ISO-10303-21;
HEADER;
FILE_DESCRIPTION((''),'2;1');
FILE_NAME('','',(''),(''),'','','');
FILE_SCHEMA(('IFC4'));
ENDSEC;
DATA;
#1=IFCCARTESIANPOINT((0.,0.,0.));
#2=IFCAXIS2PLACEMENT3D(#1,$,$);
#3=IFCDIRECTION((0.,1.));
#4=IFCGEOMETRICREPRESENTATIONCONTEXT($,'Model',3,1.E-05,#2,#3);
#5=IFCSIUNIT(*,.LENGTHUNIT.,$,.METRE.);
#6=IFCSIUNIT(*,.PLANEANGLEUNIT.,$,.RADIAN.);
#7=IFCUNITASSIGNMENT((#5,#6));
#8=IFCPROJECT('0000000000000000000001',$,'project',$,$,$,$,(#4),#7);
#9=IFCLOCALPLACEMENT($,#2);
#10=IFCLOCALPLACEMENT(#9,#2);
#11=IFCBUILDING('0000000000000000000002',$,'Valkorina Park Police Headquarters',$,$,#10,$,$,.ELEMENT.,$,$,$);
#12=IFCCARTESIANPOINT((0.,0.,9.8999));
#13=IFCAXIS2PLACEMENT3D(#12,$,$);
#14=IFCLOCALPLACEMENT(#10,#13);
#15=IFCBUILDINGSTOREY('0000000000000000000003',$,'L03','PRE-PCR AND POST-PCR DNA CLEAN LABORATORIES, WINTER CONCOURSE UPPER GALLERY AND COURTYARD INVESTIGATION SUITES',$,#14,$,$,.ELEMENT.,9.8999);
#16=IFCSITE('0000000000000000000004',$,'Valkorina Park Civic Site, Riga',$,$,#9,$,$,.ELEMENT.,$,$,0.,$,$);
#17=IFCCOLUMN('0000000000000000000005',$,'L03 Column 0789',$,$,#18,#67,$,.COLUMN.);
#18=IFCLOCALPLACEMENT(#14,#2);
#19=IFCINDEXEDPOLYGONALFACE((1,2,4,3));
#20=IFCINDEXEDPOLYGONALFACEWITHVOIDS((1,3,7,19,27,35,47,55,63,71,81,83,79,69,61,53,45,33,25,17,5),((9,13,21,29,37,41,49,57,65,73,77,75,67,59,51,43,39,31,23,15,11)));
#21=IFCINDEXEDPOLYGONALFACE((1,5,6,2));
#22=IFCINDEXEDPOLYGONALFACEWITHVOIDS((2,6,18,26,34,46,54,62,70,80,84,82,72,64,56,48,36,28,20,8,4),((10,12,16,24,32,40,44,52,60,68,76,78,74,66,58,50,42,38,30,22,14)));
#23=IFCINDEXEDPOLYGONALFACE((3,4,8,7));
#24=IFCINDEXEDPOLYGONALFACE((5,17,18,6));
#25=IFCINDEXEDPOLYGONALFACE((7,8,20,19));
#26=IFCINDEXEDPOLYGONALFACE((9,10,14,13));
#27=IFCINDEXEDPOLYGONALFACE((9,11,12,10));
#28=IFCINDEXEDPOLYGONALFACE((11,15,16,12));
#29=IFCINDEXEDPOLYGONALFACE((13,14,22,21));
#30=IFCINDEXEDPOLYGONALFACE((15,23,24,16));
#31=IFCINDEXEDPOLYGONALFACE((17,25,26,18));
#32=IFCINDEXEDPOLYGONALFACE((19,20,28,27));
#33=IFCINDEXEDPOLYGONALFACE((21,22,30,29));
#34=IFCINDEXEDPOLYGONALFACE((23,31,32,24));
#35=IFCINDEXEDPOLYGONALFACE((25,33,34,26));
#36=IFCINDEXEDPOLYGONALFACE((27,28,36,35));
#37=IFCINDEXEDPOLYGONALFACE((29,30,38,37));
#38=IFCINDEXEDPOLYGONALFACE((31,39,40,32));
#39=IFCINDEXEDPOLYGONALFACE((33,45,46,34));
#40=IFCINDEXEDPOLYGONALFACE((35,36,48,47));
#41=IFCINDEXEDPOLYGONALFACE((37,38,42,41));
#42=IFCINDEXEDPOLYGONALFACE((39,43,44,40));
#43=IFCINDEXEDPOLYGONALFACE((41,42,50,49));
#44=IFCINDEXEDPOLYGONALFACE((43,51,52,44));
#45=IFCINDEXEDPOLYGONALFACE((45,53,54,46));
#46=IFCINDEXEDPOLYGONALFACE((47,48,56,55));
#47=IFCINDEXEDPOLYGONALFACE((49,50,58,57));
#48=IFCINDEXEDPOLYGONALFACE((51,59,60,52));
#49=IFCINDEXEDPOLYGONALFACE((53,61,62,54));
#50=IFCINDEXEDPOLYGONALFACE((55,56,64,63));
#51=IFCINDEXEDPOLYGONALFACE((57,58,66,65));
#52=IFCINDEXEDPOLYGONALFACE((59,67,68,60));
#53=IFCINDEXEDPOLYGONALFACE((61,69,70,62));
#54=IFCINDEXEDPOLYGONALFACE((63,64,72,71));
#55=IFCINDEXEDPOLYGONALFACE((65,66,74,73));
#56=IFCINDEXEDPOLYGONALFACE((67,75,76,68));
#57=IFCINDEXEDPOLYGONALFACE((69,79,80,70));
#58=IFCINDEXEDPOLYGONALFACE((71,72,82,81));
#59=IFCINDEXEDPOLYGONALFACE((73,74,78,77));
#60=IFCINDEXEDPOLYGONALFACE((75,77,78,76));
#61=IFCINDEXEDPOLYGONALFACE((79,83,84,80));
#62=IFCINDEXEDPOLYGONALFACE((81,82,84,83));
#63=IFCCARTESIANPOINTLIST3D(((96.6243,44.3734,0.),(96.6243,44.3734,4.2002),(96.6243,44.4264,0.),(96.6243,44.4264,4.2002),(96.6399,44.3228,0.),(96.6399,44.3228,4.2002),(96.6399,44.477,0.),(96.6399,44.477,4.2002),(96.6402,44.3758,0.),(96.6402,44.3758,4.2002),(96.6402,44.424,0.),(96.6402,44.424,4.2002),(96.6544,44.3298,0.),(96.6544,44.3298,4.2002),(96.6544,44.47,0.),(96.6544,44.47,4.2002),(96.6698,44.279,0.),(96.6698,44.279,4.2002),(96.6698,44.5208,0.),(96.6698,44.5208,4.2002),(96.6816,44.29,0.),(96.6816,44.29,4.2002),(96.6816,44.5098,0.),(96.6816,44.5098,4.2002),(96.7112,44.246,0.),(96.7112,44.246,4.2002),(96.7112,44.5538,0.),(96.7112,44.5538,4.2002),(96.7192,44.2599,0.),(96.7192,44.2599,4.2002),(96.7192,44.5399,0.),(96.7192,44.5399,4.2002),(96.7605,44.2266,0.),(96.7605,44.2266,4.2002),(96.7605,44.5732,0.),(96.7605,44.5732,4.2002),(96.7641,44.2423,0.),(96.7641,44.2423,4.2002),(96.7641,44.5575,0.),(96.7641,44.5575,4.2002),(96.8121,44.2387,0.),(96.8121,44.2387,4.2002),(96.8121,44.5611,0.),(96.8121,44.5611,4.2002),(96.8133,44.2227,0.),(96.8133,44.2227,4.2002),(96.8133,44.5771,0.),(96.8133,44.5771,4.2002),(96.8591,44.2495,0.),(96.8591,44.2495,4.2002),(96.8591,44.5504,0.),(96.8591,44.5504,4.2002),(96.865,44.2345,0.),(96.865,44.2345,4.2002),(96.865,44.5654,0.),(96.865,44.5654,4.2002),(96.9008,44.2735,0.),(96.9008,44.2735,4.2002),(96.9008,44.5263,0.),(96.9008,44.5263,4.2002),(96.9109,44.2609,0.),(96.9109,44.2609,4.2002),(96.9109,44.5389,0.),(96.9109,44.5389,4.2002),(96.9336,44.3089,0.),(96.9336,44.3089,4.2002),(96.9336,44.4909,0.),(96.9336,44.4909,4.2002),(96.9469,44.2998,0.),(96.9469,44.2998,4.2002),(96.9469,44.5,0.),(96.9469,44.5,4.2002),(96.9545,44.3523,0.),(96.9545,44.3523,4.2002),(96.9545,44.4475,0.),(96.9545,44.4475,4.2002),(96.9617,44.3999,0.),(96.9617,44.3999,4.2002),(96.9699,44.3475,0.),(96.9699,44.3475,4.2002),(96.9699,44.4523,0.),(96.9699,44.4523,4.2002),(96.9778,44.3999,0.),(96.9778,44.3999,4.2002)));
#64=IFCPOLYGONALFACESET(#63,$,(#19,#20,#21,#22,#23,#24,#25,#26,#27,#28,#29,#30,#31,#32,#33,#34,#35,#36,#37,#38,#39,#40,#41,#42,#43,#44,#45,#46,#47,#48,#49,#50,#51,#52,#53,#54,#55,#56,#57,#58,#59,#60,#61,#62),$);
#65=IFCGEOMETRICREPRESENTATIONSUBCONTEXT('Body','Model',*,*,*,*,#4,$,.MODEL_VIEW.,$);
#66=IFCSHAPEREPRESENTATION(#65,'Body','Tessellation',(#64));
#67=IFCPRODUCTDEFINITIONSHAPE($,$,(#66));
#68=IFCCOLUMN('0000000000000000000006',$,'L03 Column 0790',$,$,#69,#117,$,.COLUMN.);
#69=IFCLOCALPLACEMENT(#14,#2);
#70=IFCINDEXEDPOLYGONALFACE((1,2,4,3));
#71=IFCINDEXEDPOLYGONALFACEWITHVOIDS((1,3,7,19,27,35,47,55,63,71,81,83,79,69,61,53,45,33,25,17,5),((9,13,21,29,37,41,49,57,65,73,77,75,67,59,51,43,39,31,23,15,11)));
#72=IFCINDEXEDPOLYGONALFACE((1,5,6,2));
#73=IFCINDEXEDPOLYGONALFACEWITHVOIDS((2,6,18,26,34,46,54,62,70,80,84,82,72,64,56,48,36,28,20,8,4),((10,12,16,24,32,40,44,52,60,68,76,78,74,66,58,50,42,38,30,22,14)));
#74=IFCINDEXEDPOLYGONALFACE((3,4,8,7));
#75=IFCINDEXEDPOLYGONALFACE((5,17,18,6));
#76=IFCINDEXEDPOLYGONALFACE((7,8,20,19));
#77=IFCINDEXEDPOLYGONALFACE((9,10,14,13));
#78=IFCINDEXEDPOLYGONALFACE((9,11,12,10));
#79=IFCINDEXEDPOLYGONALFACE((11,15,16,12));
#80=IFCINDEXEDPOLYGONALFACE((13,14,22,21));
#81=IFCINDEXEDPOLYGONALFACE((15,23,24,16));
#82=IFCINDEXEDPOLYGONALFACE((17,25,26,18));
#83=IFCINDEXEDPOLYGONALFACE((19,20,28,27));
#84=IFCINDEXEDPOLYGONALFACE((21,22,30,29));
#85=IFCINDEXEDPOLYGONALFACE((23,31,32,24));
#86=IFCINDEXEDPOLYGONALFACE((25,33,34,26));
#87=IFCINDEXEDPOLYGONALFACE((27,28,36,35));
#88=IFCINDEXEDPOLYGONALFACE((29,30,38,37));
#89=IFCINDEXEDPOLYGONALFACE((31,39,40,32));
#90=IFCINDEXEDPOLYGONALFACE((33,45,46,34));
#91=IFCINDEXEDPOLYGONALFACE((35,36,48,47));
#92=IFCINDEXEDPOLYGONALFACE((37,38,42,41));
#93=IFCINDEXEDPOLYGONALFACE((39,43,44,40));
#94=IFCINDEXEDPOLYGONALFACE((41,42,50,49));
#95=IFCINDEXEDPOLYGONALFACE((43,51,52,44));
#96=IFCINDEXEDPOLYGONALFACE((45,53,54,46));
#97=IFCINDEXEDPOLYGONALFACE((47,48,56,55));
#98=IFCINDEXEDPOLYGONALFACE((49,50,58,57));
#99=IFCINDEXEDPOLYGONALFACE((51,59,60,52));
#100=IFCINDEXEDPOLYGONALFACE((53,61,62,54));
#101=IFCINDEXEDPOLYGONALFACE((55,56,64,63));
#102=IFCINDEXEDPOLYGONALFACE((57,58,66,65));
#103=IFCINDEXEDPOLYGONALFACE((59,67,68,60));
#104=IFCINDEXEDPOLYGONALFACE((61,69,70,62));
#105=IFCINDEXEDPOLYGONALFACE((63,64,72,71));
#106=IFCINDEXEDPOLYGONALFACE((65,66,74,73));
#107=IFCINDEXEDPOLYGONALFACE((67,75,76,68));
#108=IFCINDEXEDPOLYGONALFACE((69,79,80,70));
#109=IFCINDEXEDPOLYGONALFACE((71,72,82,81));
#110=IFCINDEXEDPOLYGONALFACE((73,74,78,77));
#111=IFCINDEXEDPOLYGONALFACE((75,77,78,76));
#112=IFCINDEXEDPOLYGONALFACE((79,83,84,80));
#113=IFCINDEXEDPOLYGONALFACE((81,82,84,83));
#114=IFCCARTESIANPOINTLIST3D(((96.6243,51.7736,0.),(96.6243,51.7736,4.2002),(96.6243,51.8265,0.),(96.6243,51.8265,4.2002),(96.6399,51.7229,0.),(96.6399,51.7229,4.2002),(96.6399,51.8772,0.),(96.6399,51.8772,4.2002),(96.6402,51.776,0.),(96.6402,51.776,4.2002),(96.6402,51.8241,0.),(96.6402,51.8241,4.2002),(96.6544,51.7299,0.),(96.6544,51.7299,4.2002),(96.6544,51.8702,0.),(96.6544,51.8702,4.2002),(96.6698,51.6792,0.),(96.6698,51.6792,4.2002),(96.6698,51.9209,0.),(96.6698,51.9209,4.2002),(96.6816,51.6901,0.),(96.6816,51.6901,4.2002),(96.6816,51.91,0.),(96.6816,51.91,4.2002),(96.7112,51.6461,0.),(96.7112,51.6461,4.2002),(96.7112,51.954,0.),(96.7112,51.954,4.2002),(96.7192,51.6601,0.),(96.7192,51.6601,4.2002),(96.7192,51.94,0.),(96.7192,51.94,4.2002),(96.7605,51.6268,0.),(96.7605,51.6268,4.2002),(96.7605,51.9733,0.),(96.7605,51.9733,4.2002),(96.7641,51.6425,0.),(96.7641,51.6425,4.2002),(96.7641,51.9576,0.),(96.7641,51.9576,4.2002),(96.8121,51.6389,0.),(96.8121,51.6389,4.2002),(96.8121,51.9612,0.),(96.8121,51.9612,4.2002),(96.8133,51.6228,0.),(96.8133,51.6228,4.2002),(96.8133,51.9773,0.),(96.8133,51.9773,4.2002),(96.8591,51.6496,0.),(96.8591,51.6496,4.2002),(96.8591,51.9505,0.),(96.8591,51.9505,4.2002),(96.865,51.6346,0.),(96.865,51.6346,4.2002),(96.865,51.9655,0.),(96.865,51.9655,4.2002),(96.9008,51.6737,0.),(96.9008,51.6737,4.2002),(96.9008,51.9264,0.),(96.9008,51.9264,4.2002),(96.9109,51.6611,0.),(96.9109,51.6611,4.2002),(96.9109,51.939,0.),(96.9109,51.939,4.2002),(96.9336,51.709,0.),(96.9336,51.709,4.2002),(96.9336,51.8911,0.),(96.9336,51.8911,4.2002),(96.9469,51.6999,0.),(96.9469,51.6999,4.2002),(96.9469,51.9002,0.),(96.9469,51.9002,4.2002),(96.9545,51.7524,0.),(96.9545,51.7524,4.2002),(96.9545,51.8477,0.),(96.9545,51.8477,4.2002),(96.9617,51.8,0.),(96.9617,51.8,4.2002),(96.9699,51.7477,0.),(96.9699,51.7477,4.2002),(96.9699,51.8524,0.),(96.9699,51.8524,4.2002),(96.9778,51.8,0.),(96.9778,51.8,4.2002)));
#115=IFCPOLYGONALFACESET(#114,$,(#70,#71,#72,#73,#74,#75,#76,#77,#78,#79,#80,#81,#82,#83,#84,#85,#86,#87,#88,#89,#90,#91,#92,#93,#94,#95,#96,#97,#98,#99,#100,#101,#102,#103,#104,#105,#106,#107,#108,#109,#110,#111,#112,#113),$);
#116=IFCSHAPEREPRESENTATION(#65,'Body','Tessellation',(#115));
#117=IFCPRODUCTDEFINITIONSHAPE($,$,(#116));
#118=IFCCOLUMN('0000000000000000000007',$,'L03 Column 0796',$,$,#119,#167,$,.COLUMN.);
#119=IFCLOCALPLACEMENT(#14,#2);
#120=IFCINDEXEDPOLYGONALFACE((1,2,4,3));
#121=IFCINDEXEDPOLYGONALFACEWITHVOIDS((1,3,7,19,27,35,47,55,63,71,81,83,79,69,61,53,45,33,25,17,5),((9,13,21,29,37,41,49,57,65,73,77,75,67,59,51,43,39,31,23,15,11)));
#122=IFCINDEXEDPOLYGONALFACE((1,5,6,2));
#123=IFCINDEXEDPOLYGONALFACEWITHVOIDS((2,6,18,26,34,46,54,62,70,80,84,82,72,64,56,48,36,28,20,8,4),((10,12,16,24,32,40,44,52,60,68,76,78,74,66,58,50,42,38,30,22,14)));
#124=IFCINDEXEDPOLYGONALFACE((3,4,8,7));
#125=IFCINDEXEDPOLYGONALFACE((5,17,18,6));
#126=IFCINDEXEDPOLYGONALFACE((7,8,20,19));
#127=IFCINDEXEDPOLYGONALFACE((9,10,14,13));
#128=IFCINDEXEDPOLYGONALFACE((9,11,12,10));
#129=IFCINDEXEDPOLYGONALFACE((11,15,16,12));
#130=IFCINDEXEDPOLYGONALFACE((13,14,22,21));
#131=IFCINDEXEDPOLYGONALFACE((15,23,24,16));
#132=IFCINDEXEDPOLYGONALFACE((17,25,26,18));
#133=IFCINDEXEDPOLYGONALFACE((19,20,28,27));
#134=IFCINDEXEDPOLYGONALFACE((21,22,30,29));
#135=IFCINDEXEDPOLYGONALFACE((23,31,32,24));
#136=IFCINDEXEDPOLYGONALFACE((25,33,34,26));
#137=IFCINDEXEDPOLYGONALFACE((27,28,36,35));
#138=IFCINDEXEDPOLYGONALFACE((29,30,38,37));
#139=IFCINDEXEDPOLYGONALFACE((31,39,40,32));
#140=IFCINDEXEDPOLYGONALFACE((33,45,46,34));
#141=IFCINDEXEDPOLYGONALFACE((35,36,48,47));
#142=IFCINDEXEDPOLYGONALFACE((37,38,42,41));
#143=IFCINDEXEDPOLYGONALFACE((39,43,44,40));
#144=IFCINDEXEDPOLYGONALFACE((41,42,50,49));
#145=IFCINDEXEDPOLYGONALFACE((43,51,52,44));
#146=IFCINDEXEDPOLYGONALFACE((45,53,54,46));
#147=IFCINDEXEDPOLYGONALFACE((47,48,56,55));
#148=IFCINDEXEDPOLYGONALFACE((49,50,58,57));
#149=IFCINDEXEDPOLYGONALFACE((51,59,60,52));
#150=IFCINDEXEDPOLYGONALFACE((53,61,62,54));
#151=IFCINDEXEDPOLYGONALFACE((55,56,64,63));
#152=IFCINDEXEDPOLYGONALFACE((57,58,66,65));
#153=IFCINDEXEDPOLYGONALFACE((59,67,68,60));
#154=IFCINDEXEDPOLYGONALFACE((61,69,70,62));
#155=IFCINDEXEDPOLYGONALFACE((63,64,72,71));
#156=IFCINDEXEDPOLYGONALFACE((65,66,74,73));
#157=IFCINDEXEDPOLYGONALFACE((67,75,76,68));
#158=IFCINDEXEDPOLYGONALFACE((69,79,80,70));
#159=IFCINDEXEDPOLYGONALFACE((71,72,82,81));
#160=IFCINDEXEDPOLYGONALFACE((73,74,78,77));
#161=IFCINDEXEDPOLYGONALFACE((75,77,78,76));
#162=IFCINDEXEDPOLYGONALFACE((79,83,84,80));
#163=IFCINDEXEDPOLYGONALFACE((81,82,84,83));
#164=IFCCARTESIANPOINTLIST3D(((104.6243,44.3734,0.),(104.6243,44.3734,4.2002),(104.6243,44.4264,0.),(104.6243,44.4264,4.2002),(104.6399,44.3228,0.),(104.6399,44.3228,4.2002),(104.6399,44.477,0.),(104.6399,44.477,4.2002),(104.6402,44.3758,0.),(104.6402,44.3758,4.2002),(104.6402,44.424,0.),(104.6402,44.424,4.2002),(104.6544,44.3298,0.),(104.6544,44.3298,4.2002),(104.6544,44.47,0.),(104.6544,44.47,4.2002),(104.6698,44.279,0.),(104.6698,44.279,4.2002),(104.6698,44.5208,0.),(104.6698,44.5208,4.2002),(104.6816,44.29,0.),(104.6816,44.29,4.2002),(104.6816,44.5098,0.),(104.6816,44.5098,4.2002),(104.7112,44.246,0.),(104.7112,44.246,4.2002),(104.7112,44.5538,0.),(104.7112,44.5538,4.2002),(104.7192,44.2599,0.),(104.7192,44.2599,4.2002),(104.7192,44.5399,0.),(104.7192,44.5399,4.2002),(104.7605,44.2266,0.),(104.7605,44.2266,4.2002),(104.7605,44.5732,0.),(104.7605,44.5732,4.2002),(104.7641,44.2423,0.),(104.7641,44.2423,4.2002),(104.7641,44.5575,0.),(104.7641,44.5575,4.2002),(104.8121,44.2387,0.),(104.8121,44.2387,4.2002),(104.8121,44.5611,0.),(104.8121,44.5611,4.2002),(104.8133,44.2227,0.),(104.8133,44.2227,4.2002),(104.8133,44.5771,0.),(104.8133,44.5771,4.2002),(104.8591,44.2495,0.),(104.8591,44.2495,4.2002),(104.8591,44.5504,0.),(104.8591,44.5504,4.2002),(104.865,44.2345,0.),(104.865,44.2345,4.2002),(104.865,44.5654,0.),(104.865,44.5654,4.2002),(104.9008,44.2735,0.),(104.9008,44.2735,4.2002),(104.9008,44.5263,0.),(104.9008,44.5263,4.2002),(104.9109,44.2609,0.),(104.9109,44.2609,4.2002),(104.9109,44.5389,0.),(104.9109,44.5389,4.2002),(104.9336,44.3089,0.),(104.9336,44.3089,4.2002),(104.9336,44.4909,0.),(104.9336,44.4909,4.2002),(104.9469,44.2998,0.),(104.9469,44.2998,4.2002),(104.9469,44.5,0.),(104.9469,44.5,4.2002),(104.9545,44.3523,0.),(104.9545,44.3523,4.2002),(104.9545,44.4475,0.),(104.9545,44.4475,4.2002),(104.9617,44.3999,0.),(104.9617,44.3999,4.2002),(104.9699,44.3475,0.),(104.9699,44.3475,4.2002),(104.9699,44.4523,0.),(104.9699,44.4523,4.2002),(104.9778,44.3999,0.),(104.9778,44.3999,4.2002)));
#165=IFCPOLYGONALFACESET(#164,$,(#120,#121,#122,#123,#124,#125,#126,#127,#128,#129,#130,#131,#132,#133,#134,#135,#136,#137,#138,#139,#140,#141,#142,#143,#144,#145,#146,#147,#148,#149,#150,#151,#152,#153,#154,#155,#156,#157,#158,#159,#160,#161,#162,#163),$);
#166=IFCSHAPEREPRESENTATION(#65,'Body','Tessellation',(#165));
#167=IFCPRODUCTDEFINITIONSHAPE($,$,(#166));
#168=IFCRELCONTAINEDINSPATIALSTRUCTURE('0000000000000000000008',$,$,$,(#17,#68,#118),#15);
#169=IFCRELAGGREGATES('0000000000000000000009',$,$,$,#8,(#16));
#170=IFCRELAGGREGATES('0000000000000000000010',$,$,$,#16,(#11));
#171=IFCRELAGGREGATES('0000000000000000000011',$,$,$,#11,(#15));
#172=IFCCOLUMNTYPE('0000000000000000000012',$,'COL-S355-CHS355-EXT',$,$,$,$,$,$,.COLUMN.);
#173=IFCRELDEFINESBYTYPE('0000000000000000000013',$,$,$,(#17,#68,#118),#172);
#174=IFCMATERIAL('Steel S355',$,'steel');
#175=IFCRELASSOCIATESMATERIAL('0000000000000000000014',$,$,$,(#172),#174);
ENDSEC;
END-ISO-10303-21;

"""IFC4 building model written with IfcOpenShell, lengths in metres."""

from ifc_helpers import new_model, si_unit, direction, frame, origin, origin_2d, place, context, subcontext, project, spatial, hollow_circle, extrude, material, material_profile, profile_set, type_object, element, save


model = new_model("IFC4")

# Units and contexts
model_context = context("Model", 3, precision=1e-05, world=origin(), true_north=direction((0.0, 1.0)))
body_context = subcontext(model_context, "Body", "Model", "MODEL_VIEW")
ifc_project = project(units=[si_unit("LENGTHUNIT", "METRE"), si_unit("PLANEANGLEUNIT", "RADIAN")], contexts=[model_context])

# Site, building, storey
site_placement = place(None, origin())
site = spatial("IfcSite", under=ifc_project, at=site_placement, Name="Valkorina Park Civic Site, Riga", CompositionType="ELEMENT", RefElevation=0.0)
building_placement = place(site_placement, origin())
building = spatial("IfcBuilding", under=site, at=building_placement, Name="Valkorina Park Police Headquarters", CompositionType="ELEMENT")
storey_placement = place(building_placement, frame((0.0, 0.0, 9.8999)))
storey = spatial("IfcBuildingStorey", under=building, at=storey_placement, Name="L03", Description="PRE-PCR AND POST-PCR DNA CLEAN LABORATORIES, WINTER CONCOURSE UPPER GALLERY AND COURTYARD INVESTIGATION SUITES", CompositionType="ELEMENT", Elevation=9.8999)

# Columns
ifc_material_1 = material(Name="Steel S355", Category="steel")
ifc_material_profile_1 = material_profile(ifc_material_1, hollow_circle(Radius=0.1777, WallThickness=0.0161, at=origin_2d()), Name="CHS 355.6x16")
ifc_profile_set_1 = profile_set([ifc_material_profile_1], Name="Steel S355")
column_type = type_object("IfcColumnType", Name="COL-S355-CHS355-EXT", PredefinedType="COLUMN", material=ifc_profile_set_1)
for number, where, z_axis, x_axis, name in (
    (1, (96.8, 44.3999, 0.0), (0.0, 0.0, 1.0), (1.0, 0.0, 0.0), "L03 Column 0789"),
    (2, (96.8, 51.8, 0.0), (0.0, 0.0, 1.0), (1.0, 0.0, 0.0), "L03 Column 0790"),
    (3, (104.8, 44.3999, 0.0), (0.0, 0.0, 1.0), (1.0, 0.0, 0.0), "L03 Column 0796"),
):
    element("IfcColumn", number, at=place(storey_placement, frame(where, z_axis=z_axis, x_axis=x_axis)), inside=storey, type_object=column_type, Name=name, PredefinedType="COLUMN", context=body_context, shape_type="SweptSolid", body=[
        extrude(hollow_circle(Radius=0.1777, WallThickness=0.0161, at=origin_2d()), origin(), (0.0, 0.0, 1.0), 4.2002),
    ])

save(model, "model.ifc")
